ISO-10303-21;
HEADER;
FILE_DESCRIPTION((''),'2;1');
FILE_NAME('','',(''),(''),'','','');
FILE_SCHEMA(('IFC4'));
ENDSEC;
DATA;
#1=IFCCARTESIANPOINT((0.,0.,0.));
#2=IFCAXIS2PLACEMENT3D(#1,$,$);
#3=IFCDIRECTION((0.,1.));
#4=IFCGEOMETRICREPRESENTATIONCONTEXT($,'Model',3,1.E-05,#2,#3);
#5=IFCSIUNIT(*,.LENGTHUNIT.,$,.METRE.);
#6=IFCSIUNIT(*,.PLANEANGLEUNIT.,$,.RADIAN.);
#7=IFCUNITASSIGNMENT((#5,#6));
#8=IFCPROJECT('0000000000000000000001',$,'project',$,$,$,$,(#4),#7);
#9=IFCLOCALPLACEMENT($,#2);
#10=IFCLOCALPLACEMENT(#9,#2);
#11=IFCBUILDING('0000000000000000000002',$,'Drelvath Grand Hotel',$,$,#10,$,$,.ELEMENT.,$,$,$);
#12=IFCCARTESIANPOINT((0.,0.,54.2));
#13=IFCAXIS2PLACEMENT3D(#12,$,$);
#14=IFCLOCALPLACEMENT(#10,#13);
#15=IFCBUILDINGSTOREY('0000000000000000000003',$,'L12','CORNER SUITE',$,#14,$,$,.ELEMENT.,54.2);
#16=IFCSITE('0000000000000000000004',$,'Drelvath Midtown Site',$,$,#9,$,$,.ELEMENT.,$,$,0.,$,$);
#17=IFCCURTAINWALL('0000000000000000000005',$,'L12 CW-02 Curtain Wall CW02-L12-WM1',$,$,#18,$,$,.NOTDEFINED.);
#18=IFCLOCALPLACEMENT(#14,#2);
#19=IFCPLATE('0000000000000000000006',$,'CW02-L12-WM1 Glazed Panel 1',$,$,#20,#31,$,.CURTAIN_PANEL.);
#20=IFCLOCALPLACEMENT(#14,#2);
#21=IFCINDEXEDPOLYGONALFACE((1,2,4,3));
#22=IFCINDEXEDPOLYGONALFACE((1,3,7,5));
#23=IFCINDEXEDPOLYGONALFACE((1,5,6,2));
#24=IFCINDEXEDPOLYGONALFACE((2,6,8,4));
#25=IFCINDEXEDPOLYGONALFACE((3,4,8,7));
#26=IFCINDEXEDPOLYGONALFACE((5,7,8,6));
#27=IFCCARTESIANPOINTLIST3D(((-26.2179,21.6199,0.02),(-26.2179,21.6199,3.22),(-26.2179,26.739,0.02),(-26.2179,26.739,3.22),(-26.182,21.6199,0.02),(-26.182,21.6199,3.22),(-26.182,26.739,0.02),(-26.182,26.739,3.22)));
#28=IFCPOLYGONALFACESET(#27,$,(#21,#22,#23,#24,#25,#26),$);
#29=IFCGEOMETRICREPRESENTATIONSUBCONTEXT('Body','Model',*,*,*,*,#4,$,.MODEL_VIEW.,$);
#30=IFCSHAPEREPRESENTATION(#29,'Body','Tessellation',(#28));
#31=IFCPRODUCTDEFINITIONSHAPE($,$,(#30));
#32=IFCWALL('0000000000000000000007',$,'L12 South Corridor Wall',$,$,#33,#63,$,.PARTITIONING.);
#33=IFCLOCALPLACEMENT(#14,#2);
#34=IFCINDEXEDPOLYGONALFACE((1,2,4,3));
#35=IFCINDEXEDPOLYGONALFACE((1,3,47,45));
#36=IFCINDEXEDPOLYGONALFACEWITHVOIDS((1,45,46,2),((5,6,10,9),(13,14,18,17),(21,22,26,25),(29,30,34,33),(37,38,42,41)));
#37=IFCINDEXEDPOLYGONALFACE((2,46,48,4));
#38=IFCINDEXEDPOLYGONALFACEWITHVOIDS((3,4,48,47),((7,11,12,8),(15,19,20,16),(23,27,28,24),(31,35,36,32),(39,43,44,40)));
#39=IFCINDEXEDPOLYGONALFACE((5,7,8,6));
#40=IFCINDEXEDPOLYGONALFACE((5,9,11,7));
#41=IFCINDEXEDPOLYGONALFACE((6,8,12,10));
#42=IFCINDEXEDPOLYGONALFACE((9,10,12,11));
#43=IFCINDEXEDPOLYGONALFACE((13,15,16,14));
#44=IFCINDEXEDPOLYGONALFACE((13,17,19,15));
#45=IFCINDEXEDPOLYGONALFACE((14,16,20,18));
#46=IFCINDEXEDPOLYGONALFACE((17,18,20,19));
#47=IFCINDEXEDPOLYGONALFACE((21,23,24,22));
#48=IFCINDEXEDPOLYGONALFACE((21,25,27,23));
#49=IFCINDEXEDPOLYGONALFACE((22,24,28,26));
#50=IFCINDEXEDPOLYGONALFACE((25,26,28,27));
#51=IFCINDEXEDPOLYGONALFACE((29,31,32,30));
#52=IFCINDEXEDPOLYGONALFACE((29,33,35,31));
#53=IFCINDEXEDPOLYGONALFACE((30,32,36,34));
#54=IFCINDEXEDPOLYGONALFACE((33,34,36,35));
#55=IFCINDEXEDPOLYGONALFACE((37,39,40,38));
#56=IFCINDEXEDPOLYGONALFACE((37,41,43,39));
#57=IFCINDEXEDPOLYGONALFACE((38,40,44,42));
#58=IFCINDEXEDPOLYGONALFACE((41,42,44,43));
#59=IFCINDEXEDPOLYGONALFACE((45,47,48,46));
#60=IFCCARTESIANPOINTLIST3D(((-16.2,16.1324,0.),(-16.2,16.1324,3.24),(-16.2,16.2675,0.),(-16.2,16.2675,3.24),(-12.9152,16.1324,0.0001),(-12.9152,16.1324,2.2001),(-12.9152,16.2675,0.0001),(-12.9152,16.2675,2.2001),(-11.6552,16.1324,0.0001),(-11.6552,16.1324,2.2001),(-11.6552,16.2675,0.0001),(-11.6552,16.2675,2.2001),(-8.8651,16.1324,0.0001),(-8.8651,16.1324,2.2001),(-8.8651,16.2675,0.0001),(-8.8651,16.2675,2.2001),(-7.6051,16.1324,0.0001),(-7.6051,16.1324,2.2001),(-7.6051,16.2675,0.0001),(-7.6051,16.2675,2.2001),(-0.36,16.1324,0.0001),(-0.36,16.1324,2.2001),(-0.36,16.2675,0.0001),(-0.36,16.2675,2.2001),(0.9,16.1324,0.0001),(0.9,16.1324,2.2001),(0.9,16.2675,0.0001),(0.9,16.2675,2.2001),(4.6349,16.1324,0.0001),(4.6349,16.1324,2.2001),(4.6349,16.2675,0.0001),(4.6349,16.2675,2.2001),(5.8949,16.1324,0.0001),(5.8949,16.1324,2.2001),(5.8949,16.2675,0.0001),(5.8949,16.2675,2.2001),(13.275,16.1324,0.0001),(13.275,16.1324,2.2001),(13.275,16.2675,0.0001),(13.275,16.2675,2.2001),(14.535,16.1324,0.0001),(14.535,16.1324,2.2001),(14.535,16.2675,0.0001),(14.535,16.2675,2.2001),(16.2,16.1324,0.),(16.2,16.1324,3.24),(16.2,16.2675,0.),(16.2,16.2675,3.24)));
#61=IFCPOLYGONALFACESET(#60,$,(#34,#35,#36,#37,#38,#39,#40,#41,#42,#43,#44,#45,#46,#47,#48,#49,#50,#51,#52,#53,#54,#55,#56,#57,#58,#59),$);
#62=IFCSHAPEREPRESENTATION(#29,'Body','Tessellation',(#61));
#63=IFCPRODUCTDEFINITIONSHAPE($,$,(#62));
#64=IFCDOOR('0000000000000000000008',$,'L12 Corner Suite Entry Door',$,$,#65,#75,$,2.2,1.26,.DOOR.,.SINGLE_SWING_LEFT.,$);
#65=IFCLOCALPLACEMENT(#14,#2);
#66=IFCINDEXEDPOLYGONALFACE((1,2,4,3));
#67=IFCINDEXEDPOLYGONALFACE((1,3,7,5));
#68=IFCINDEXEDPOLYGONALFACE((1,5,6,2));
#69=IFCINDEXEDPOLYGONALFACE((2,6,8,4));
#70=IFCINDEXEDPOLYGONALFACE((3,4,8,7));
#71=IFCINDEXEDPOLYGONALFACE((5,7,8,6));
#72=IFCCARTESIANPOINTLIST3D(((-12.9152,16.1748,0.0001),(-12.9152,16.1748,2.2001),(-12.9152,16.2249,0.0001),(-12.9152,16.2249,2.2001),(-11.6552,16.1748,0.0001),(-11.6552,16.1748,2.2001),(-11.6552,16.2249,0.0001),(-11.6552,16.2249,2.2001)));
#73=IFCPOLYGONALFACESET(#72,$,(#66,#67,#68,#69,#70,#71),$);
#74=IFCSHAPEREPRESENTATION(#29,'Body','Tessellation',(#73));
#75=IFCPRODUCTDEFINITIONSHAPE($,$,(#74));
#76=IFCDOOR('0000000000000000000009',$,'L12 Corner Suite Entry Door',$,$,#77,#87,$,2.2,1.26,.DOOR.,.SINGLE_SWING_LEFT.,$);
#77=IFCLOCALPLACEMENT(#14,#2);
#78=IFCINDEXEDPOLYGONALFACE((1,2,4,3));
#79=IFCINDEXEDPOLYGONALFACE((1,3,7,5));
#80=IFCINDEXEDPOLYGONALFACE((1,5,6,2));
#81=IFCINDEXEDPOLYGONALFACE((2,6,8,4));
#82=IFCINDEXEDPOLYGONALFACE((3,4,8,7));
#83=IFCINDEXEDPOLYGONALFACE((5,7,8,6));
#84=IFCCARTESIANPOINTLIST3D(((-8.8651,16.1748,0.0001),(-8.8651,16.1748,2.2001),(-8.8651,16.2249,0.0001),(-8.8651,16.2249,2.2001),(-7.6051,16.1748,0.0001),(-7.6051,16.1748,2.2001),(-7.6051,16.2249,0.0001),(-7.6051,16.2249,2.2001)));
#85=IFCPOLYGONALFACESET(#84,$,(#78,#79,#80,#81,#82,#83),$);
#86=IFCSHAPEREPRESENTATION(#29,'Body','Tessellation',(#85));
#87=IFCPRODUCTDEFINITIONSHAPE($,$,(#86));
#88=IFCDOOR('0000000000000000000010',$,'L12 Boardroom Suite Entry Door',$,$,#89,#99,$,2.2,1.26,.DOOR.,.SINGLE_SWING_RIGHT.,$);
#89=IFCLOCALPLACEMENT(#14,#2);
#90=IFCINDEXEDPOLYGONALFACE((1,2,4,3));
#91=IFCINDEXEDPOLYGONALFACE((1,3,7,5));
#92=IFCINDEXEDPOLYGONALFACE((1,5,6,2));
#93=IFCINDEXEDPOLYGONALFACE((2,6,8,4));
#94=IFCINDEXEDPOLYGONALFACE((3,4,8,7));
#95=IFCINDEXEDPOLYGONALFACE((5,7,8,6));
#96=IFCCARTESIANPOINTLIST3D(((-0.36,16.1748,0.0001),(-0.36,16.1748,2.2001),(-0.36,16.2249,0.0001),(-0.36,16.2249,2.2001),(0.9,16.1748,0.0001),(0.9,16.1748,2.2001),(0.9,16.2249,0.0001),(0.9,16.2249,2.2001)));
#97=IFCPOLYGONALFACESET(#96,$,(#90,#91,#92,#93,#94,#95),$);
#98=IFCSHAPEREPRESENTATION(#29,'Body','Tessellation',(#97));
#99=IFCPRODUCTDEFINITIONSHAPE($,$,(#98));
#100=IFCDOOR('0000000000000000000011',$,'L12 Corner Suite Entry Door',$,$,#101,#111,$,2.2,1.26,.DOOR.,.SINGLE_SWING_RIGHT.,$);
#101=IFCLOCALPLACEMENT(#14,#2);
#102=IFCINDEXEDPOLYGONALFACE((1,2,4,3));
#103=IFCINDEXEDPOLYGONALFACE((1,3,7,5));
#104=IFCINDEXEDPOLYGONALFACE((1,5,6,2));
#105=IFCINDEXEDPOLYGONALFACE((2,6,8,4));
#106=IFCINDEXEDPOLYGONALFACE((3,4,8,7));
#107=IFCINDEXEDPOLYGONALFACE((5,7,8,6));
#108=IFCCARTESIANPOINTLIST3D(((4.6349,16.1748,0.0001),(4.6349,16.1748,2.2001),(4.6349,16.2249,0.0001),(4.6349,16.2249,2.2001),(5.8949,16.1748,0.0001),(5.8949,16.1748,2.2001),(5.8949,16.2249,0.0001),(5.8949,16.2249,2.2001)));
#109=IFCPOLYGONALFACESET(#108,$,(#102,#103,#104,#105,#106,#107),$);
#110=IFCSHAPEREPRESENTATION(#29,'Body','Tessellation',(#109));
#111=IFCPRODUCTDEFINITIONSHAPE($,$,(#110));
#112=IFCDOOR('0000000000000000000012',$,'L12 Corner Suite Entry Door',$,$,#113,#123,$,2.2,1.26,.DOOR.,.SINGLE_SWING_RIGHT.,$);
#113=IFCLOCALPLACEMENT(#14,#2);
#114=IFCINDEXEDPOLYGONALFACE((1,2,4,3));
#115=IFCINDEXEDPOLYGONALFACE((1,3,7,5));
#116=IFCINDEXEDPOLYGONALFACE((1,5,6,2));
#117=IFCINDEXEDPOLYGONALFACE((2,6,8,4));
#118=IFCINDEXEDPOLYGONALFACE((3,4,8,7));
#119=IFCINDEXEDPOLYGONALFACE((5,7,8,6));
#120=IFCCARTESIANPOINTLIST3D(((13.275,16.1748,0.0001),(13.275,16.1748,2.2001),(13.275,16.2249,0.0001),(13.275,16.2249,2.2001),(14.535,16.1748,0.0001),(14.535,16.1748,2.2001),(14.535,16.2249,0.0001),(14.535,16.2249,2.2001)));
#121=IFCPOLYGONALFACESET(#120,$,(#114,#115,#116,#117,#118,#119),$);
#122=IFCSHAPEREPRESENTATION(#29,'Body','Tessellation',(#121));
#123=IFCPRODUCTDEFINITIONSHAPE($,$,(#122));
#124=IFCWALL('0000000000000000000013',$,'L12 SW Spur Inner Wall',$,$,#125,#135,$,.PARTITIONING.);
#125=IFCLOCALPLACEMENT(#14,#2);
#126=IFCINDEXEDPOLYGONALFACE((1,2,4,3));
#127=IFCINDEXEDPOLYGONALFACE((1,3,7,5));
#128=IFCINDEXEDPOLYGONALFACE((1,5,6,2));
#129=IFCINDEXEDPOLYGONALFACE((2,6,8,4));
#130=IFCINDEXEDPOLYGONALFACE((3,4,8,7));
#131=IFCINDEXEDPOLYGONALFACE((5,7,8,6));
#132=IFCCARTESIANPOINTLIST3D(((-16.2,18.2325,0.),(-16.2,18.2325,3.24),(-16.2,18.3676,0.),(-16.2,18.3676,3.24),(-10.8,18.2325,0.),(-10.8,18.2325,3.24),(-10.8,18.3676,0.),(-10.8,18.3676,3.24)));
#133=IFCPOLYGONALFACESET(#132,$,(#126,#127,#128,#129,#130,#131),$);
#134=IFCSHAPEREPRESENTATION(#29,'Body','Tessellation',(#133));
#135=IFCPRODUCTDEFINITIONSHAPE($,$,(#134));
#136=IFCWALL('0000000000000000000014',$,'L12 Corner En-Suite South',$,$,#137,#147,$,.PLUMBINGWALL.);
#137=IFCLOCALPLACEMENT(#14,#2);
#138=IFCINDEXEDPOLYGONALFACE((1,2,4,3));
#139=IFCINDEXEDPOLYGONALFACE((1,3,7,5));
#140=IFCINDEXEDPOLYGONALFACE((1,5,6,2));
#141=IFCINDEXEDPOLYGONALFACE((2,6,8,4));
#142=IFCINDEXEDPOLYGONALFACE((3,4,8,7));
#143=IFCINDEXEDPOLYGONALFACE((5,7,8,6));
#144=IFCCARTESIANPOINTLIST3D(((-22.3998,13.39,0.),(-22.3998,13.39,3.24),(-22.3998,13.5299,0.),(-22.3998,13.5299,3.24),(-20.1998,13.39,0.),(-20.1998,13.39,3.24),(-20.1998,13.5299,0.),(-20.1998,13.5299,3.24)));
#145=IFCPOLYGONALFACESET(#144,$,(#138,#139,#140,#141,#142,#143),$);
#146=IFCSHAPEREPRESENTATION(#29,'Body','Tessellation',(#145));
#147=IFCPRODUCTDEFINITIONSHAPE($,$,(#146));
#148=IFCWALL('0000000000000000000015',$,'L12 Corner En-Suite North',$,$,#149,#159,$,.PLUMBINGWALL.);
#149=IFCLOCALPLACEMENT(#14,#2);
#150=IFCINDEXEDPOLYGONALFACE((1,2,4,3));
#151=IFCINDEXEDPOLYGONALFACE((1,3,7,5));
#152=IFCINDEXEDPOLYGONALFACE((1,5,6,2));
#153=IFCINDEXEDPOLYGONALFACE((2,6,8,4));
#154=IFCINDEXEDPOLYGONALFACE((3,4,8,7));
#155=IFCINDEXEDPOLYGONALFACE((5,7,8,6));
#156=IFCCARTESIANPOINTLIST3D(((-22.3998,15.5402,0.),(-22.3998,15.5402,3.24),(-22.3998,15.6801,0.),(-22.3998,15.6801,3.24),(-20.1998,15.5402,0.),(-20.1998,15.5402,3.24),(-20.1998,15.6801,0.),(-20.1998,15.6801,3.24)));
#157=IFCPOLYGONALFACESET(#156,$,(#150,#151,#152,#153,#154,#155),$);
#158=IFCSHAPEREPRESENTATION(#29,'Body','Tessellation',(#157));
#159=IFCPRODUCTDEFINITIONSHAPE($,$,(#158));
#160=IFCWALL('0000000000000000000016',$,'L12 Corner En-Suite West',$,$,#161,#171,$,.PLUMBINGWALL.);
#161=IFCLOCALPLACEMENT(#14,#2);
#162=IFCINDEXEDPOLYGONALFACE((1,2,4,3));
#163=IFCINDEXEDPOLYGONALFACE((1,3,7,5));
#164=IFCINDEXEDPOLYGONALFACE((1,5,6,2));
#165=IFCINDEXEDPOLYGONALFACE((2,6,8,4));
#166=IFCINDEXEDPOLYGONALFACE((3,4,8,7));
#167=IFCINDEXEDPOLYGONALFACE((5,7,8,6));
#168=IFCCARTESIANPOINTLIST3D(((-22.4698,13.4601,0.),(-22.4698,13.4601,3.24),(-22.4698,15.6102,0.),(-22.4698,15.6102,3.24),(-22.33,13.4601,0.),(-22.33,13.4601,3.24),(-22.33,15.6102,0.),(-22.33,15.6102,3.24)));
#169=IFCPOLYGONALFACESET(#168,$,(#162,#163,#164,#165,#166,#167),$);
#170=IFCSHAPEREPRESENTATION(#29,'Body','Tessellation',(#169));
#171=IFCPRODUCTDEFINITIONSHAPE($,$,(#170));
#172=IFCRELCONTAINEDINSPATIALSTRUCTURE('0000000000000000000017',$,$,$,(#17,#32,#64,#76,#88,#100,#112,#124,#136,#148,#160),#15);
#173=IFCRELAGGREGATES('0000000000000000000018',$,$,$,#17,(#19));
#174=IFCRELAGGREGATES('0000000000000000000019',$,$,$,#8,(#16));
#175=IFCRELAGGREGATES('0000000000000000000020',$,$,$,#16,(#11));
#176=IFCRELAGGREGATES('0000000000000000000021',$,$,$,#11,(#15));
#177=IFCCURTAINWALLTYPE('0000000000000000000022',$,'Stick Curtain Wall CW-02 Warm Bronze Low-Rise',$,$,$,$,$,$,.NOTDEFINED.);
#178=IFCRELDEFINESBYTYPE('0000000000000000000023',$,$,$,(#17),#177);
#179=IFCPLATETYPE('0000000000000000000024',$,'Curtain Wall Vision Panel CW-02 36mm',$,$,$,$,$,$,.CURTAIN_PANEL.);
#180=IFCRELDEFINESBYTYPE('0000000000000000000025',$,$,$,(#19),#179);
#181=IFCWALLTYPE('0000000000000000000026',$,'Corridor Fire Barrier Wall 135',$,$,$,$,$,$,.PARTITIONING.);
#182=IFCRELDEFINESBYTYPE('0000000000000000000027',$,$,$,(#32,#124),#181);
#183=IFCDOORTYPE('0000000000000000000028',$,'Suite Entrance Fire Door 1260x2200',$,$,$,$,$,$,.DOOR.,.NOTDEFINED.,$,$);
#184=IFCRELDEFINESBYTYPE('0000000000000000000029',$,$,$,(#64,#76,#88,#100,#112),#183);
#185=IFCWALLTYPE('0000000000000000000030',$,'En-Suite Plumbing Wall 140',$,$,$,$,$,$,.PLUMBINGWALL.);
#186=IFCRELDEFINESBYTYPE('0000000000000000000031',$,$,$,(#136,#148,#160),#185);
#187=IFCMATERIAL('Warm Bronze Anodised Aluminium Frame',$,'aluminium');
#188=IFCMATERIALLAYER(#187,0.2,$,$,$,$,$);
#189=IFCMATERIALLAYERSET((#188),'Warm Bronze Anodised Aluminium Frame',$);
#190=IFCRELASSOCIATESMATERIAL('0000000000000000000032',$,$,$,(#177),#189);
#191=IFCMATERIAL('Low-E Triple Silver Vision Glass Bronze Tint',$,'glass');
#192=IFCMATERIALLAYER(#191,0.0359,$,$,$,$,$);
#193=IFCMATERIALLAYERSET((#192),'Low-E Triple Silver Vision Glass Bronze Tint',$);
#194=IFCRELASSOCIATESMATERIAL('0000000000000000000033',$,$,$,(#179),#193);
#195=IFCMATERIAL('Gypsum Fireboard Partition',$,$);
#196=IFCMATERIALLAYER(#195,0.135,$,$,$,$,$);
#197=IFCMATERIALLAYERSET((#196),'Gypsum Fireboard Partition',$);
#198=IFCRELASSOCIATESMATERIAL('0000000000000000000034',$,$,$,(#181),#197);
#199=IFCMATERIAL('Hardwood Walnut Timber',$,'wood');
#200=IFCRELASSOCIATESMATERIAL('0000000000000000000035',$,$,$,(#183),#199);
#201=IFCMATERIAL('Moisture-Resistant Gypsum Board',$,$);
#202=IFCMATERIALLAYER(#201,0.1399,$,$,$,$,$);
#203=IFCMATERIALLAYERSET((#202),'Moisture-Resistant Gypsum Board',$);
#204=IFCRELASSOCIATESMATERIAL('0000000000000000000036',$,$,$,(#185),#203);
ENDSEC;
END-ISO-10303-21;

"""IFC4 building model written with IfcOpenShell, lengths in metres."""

from ifc_helpers import new_model, si_unit, direction, frame, frame_2d, origin, origin_2d, place, context, subcontext, project, spatial, rectangle, extrude, material, layer, layer_set, type_object, element, fill, aggregate, save


model = new_model("IFC4")

# Units and contexts
model_context = context("Model", 3, precision=1e-05, world=origin(), true_north=direction((0.0, 1.0)))
body_context = subcontext(model_context, "Body", "Model", "MODEL_VIEW")
ifc_project = project(units=[si_unit("LENGTHUNIT", "METRE"), si_unit("PLANEANGLEUNIT", "RADIAN")], contexts=[model_context])

# Site, building, storey
site_placement = place(None, origin())
site = spatial("IfcSite", under=ifc_project, at=site_placement, Name="Drelvath Midtown Site", CompositionType="ELEMENT", RefElevation=0.0)
building_placement = place(site_placement, origin())
building = spatial("IfcBuilding", under=site, at=building_placement, Name="Drelvath Grand Hotel", CompositionType="ELEMENT")
storey_placement = place(building_placement, frame((0.0, 0.0, 54.2)))
storey = spatial("IfcBuildingStorey", under=building, at=storey_placement, Name="L12", Description="CORNER SUITE", CompositionType="ELEMENT", Elevation=54.2)

# Curtain wall
ifc_material_1 = material(Name="Warm Bronze Anodised Aluminium Frame", Category="aluminium")
ifc_layer_1 = layer(ifc_material_1, 0.2)
ifc_layer_set_1 = layer_set([ifc_layer_1], Name="Warm Bronze Anodised Aluminium Frame")
curtain_wall_type = type_object("IfcCurtainWallType", Name="Stick Curtain Wall CW-02 Warm Bronze Low-Rise", PredefinedType="NOTDEFINED", material=ifc_layer_set_1)
curtain_wall_1_placement = place(storey_placement, origin())
curtain_wall_1 = element("IfcCurtainWall", 1, at=curtain_wall_1_placement, inside=storey, type_object=curtain_wall_type, Name="L12 CW-02 Curtain Wall CW02-L12-WM1", PredefinedType="NOTDEFINED")

# Plate
ifc_material_2 = material(Name="Low-E Triple Silver Vision Glass Bronze Tint", Category="glass")
ifc_layer_2 = layer(ifc_material_2, 0.0359)
ifc_layer_set_2 = layer_set([ifc_layer_2], Name="Low-E Triple Silver Vision Glass Bronze Tint")
plate_type = type_object("IfcPlateType", Name="Curtain Wall Vision Panel CW-02 36mm", PredefinedType="CURTAIN_PANEL", material=ifc_layer_set_2)
plate_1_placement = place(storey_placement, frame((-26.2, 24.1794, 0.02), z_axis=(0.0, 0.0, 1.0), x_axis=(0.0, 1.0, 0.0)))
plate_1 = element("IfcPlate", 2, at=plate_1_placement, type_object=plate_type, Name="CW02-L12-WM1 Glazed Panel 1", PredefinedType="CURTAIN_PANEL", context=body_context, shape_type="SweptSolid", body=[
    extrude(rectangle(XDim=5.1191, YDim=0.0359, at=origin_2d()), origin(), (0.0, 0.0, 1.0), 3.2),
])
aggregate(curtain_wall_1, [plate_1])

# Wall, openings, doors
ifc_material_3 = material(Name="Gypsum Fireboard Partition")
ifc_layer_3 = layer(ifc_material_3, 0.135)
ifc_layer_set_3 = layer_set([ifc_layer_3], Name="Gypsum Fireboard Partition")
wall_type_1 = type_object("IfcWallType", Name="Corridor Fire Barrier Wall 135", PredefinedType="PARTITIONING", material=ifc_layer_set_3)
wall_1_placement = place(storey_placement, frame((-16.2, 16.2, 0.0), z_axis=(0.0, 0.0, 1.0), x_axis=(1.0, 0.0, 0.0)))
wall_1 = element("IfcWall", 3, at=wall_1_placement, inside=storey, type_object=wall_type_1, Name="L12 South Corridor Wall", PredefinedType="PARTITIONING", context=body_context, shape_type="SweptSolid", body=[
    extrude(rectangle(XDim=32.3999, YDim=0.135, at=frame_2d((16.2, 0.0))), origin(), (0.0, 0.0, 1.0), 3.24),
])
opening_1_placement = place(wall_1_placement, frame((3.2849, 0.0, 0.0)))
opening_1 = element("IfcOpeningElement", 4, at=opening_1_placement, cuts=wall_1, PredefinedType="OPENING", context=body_context, shape_type="SweptSolid", body=[
    extrude(rectangle(XDim=1.26, YDim=2.2, at=frame_2d((0.6299, 1.1001))), frame((0.0, 0.0774, 0.0), z_axis=(0.0, -1.0, 0.0), x_axis=(1.0, 0.0, 0.0)), (0.0, 0.0, 1.0), 0.155),
])
opening_2_placement = place(wall_1_placement, frame((7.335, 0.0, 0.0)))
opening_2 = element("IfcOpeningElement", 5, at=opening_2_placement, cuts=wall_1, PredefinedType="OPENING", context=body_context, shape_type="SweptSolid", body=[
    extrude(rectangle(XDim=1.26, YDim=2.2, at=frame_2d((0.6299, 1.1001))), frame((0.0, 0.0774, 0.0), z_axis=(0.0, -1.0, 0.0), x_axis=(1.0, 0.0, 0.0)), (0.0, 0.0, 1.0), 0.155),
])
opening_3_placement = place(wall_1_placement, frame((15.8401, 0.0, 0.0)))
opening_3 = element("IfcOpeningElement", 6, at=opening_3_placement, cuts=wall_1, PredefinedType="OPENING", context=body_context, shape_type="SweptSolid", body=[
    extrude(rectangle(XDim=1.26, YDim=2.2, at=frame_2d((0.6299, 1.1001))), frame((0.0, 0.0774, 0.0), z_axis=(0.0, -1.0, 0.0), x_axis=(1.0, 0.0, 0.0)), (0.0, 0.0, 1.0), 0.155),
])
opening_4_placement = place(wall_1_placement, frame((20.835, 0.0, 0.0)))
opening_4 = element("IfcOpeningElement", 7, at=opening_4_placement, cuts=wall_1, PredefinedType="OPENING", context=body_context, shape_type="SweptSolid", body=[
    extrude(rectangle(XDim=1.26, YDim=2.2, at=frame_2d((0.6299, 1.1001))), frame((0.0, 0.0774, 0.0), z_axis=(0.0, -1.0, 0.0), x_axis=(1.0, 0.0, 0.0)), (0.0, 0.0, 1.0), 0.155),
])
opening_5_placement = place(wall_1_placement, frame((29.4751, 0.0, 0.0)))
opening_5 = element("IfcOpeningElement", 8, at=opening_5_placement, cuts=wall_1, PredefinedType="OPENING", context=body_context, shape_type="SweptSolid", body=[
    extrude(rectangle(XDim=1.26, YDim=2.2, at=frame_2d((0.6299, 1.1001))), frame((0.0, 0.0774, 0.0), z_axis=(0.0, -1.0, 0.0), x_axis=(1.0, 0.0, 0.0)), (0.0, 0.0, 1.0), 0.155),
])
ifc_material_4 = material(Name="Hardwood Walnut Timber", Category="wood")
door_type_1 = type_object("IfcDoorType", Name="Suite Entrance Fire Door 1260x2200", OperationType="NOTDEFINED", PredefinedType="DOOR", material=ifc_material_4)
door_1_placement = place(opening_1_placement, origin())
door_1 = element("IfcDoor", 9, at=door_1_placement, inside=storey, type_object=door_type_1, Name="L12 Corner Suite Entry Door", OperationType="SINGLE_SWING_LEFT", OverallHeight=2.2, OverallWidth=1.26, PredefinedType="DOOR", context=body_context, shape_type="SweptSolid", body=[
    extrude(rectangle(XDim=1.26, YDim=2.2, at=frame_2d((0.6299, 1.1001))), frame((0.0, 0.0249, 0.0), z_axis=(0.0, -1.0, 0.0), x_axis=(1.0, 0.0, 0.0)), (0.0, 0.0, 1.0), 0.05),
])
fill(opening_1, door_1)
door_2_placement = place(opening_2_placement, origin())
door_2 = element("IfcDoor", 10, at=door_2_placement, inside=storey, type_object=door_type_1, Name="L12 Corner Suite Entry Door", OperationType="SINGLE_SWING_LEFT", OverallHeight=2.2, OverallWidth=1.26, PredefinedType="DOOR", context=body_context, shape_type="SweptSolid", body=[
    extrude(rectangle(XDim=1.26, YDim=2.2, at=frame_2d((0.6299, 1.1001))), frame((0.0, 0.0249, 0.0), z_axis=(0.0, -1.0, 0.0), x_axis=(1.0, 0.0, 0.0)), (0.0, 0.0, 1.0), 0.05),
])
fill(opening_2, door_2)
door_3_placement = place(opening_3_placement, origin())
door_3 = element("IfcDoor", 11, at=door_3_placement, inside=storey, type_object=door_type_1, Name="L12 Boardroom Suite Entry Door", OperationType="SINGLE_SWING_RIGHT", OverallHeight=2.2, OverallWidth=1.26, PredefinedType="DOOR", context=body_context, shape_type="SweptSolid", body=[
    extrude(rectangle(XDim=1.26, YDim=2.2, at=frame_2d((0.6299, 1.1001))), frame((0.0, 0.0249, 0.0), z_axis=(0.0, -1.0, 0.0), x_axis=(1.0, 0.0, 0.0)), (0.0, 0.0, 1.0), 0.05),
])
fill(opening_3, door_3)
door_4_placement = place(opening_4_placement, origin())
door_4 = element("IfcDoor", 12, at=door_4_placement, inside=storey, type_object=door_type_1, Name="L12 Corner Suite Entry Door", OperationType="SINGLE_SWING_RIGHT", OverallHeight=2.2, OverallWidth=1.26, PredefinedType="DOOR", context=body_context, shape_type="SweptSolid", body=[
    extrude(rectangle(XDim=1.26, YDim=2.2, at=frame_2d((0.6299, 1.1001))), frame((0.0, 0.0249, 0.0), z_axis=(0.0, -1.0, 0.0), x_axis=(1.0, 0.0, 0.0)), (0.0, 0.0, 1.0), 0.05),
])
fill(opening_4, door_4)
door_5_placement = place(opening_5_placement, origin())
door_5 = element("IfcDoor", 13, at=door_5_placement, inside=storey, type_object=door_type_1, Name="L12 Corner Suite Entry Door", OperationType="SINGLE_SWING_RIGHT", OverallHeight=2.2, OverallWidth=1.26, PredefinedType="DOOR", context=body_context, shape_type="SweptSolid", body=[
    extrude(rectangle(XDim=1.26, YDim=2.2, at=frame_2d((0.6299, 1.1001))), frame((0.0, 0.0249, 0.0), z_axis=(0.0, -1.0, 0.0), x_axis=(1.0, 0.0, 0.0)), (0.0, 0.0, 1.0), 0.05),
])
fill(opening_5, door_5)

# Wall
wall_2_placement = place(storey_placement, frame((-16.2, 18.3, 0.0), z_axis=(0.0, 0.0, 1.0), x_axis=(1.0, 0.0, 0.0)))
element("IfcWall", 14, at=wall_2_placement, inside=storey, type_object=wall_type_1, Name="L12 SW Spur Inner Wall", PredefinedType="PARTITIONING", context=body_context, shape_type="SweptSolid", body=[
    extrude(rectangle(XDim=5.3999, YDim=0.135, at=frame_2d((2.7, 0.0))), origin(), (0.0, 0.0, 1.0), 3.24),
])

# Walls
ifc_material_5 = material(Name="Moisture-Resistant Gypsum Board")
ifc_layer_4 = layer(ifc_material_5, 0.1399)
ifc_layer_set_4 = layer_set([ifc_layer_4], Name="Moisture-Resistant Gypsum Board")
wall_type_2 = type_object("IfcWallType", Name="En-Suite Plumbing Wall 140", PredefinedType="PLUMBINGWALL", material=ifc_layer_set_4)
for number, where, z_axis, x_axis, name in (
    (15, (-22.3999, 13.46, 0.0), (0.0, 0.0, 1.0), (1.0, 0.0, 0.0), "L12 Corner En-Suite South"),
    (16, (-22.3999, 15.6101, 0.0), (0.0, 0.0, 1.0), (1.0, 0.0, 0.0), "L12 Corner En-Suite North"),
):
    element("IfcWall", number, at=place(storey_placement, frame(where, z_axis=z_axis, x_axis=x_axis)), inside=storey, type_object=wall_type_2, Name=name, PredefinedType="PLUMBINGWALL", context=body_context, shape_type="SweptSolid", body=[
        extrude(rectangle(XDim=2.2, YDim=0.1399, at=frame_2d((1.1001, 0.0))), origin(), (0.0, 0.0, 1.0), 3.24),
    ])
wall_3_placement = place(storey_placement, frame((-22.3999, 13.46, 0.0), z_axis=(0.0, 0.0, 1.0), x_axis=(0.0, 1.0, 0.0)))
element("IfcWall", 17, at=wall_3_placement, inside=storey, type_object=wall_type_2, Name="L12 Corner En-Suite West", PredefinedType="PLUMBINGWALL", context=body_context, shape_type="SweptSolid", body=[
    extrude(rectangle(XDim=2.1501, YDim=0.1399, at=frame_2d((1.0752, 0.0))), origin(), (0.0, 0.0, 1.0), 3.24),
])

save(model, "model.ifc")
